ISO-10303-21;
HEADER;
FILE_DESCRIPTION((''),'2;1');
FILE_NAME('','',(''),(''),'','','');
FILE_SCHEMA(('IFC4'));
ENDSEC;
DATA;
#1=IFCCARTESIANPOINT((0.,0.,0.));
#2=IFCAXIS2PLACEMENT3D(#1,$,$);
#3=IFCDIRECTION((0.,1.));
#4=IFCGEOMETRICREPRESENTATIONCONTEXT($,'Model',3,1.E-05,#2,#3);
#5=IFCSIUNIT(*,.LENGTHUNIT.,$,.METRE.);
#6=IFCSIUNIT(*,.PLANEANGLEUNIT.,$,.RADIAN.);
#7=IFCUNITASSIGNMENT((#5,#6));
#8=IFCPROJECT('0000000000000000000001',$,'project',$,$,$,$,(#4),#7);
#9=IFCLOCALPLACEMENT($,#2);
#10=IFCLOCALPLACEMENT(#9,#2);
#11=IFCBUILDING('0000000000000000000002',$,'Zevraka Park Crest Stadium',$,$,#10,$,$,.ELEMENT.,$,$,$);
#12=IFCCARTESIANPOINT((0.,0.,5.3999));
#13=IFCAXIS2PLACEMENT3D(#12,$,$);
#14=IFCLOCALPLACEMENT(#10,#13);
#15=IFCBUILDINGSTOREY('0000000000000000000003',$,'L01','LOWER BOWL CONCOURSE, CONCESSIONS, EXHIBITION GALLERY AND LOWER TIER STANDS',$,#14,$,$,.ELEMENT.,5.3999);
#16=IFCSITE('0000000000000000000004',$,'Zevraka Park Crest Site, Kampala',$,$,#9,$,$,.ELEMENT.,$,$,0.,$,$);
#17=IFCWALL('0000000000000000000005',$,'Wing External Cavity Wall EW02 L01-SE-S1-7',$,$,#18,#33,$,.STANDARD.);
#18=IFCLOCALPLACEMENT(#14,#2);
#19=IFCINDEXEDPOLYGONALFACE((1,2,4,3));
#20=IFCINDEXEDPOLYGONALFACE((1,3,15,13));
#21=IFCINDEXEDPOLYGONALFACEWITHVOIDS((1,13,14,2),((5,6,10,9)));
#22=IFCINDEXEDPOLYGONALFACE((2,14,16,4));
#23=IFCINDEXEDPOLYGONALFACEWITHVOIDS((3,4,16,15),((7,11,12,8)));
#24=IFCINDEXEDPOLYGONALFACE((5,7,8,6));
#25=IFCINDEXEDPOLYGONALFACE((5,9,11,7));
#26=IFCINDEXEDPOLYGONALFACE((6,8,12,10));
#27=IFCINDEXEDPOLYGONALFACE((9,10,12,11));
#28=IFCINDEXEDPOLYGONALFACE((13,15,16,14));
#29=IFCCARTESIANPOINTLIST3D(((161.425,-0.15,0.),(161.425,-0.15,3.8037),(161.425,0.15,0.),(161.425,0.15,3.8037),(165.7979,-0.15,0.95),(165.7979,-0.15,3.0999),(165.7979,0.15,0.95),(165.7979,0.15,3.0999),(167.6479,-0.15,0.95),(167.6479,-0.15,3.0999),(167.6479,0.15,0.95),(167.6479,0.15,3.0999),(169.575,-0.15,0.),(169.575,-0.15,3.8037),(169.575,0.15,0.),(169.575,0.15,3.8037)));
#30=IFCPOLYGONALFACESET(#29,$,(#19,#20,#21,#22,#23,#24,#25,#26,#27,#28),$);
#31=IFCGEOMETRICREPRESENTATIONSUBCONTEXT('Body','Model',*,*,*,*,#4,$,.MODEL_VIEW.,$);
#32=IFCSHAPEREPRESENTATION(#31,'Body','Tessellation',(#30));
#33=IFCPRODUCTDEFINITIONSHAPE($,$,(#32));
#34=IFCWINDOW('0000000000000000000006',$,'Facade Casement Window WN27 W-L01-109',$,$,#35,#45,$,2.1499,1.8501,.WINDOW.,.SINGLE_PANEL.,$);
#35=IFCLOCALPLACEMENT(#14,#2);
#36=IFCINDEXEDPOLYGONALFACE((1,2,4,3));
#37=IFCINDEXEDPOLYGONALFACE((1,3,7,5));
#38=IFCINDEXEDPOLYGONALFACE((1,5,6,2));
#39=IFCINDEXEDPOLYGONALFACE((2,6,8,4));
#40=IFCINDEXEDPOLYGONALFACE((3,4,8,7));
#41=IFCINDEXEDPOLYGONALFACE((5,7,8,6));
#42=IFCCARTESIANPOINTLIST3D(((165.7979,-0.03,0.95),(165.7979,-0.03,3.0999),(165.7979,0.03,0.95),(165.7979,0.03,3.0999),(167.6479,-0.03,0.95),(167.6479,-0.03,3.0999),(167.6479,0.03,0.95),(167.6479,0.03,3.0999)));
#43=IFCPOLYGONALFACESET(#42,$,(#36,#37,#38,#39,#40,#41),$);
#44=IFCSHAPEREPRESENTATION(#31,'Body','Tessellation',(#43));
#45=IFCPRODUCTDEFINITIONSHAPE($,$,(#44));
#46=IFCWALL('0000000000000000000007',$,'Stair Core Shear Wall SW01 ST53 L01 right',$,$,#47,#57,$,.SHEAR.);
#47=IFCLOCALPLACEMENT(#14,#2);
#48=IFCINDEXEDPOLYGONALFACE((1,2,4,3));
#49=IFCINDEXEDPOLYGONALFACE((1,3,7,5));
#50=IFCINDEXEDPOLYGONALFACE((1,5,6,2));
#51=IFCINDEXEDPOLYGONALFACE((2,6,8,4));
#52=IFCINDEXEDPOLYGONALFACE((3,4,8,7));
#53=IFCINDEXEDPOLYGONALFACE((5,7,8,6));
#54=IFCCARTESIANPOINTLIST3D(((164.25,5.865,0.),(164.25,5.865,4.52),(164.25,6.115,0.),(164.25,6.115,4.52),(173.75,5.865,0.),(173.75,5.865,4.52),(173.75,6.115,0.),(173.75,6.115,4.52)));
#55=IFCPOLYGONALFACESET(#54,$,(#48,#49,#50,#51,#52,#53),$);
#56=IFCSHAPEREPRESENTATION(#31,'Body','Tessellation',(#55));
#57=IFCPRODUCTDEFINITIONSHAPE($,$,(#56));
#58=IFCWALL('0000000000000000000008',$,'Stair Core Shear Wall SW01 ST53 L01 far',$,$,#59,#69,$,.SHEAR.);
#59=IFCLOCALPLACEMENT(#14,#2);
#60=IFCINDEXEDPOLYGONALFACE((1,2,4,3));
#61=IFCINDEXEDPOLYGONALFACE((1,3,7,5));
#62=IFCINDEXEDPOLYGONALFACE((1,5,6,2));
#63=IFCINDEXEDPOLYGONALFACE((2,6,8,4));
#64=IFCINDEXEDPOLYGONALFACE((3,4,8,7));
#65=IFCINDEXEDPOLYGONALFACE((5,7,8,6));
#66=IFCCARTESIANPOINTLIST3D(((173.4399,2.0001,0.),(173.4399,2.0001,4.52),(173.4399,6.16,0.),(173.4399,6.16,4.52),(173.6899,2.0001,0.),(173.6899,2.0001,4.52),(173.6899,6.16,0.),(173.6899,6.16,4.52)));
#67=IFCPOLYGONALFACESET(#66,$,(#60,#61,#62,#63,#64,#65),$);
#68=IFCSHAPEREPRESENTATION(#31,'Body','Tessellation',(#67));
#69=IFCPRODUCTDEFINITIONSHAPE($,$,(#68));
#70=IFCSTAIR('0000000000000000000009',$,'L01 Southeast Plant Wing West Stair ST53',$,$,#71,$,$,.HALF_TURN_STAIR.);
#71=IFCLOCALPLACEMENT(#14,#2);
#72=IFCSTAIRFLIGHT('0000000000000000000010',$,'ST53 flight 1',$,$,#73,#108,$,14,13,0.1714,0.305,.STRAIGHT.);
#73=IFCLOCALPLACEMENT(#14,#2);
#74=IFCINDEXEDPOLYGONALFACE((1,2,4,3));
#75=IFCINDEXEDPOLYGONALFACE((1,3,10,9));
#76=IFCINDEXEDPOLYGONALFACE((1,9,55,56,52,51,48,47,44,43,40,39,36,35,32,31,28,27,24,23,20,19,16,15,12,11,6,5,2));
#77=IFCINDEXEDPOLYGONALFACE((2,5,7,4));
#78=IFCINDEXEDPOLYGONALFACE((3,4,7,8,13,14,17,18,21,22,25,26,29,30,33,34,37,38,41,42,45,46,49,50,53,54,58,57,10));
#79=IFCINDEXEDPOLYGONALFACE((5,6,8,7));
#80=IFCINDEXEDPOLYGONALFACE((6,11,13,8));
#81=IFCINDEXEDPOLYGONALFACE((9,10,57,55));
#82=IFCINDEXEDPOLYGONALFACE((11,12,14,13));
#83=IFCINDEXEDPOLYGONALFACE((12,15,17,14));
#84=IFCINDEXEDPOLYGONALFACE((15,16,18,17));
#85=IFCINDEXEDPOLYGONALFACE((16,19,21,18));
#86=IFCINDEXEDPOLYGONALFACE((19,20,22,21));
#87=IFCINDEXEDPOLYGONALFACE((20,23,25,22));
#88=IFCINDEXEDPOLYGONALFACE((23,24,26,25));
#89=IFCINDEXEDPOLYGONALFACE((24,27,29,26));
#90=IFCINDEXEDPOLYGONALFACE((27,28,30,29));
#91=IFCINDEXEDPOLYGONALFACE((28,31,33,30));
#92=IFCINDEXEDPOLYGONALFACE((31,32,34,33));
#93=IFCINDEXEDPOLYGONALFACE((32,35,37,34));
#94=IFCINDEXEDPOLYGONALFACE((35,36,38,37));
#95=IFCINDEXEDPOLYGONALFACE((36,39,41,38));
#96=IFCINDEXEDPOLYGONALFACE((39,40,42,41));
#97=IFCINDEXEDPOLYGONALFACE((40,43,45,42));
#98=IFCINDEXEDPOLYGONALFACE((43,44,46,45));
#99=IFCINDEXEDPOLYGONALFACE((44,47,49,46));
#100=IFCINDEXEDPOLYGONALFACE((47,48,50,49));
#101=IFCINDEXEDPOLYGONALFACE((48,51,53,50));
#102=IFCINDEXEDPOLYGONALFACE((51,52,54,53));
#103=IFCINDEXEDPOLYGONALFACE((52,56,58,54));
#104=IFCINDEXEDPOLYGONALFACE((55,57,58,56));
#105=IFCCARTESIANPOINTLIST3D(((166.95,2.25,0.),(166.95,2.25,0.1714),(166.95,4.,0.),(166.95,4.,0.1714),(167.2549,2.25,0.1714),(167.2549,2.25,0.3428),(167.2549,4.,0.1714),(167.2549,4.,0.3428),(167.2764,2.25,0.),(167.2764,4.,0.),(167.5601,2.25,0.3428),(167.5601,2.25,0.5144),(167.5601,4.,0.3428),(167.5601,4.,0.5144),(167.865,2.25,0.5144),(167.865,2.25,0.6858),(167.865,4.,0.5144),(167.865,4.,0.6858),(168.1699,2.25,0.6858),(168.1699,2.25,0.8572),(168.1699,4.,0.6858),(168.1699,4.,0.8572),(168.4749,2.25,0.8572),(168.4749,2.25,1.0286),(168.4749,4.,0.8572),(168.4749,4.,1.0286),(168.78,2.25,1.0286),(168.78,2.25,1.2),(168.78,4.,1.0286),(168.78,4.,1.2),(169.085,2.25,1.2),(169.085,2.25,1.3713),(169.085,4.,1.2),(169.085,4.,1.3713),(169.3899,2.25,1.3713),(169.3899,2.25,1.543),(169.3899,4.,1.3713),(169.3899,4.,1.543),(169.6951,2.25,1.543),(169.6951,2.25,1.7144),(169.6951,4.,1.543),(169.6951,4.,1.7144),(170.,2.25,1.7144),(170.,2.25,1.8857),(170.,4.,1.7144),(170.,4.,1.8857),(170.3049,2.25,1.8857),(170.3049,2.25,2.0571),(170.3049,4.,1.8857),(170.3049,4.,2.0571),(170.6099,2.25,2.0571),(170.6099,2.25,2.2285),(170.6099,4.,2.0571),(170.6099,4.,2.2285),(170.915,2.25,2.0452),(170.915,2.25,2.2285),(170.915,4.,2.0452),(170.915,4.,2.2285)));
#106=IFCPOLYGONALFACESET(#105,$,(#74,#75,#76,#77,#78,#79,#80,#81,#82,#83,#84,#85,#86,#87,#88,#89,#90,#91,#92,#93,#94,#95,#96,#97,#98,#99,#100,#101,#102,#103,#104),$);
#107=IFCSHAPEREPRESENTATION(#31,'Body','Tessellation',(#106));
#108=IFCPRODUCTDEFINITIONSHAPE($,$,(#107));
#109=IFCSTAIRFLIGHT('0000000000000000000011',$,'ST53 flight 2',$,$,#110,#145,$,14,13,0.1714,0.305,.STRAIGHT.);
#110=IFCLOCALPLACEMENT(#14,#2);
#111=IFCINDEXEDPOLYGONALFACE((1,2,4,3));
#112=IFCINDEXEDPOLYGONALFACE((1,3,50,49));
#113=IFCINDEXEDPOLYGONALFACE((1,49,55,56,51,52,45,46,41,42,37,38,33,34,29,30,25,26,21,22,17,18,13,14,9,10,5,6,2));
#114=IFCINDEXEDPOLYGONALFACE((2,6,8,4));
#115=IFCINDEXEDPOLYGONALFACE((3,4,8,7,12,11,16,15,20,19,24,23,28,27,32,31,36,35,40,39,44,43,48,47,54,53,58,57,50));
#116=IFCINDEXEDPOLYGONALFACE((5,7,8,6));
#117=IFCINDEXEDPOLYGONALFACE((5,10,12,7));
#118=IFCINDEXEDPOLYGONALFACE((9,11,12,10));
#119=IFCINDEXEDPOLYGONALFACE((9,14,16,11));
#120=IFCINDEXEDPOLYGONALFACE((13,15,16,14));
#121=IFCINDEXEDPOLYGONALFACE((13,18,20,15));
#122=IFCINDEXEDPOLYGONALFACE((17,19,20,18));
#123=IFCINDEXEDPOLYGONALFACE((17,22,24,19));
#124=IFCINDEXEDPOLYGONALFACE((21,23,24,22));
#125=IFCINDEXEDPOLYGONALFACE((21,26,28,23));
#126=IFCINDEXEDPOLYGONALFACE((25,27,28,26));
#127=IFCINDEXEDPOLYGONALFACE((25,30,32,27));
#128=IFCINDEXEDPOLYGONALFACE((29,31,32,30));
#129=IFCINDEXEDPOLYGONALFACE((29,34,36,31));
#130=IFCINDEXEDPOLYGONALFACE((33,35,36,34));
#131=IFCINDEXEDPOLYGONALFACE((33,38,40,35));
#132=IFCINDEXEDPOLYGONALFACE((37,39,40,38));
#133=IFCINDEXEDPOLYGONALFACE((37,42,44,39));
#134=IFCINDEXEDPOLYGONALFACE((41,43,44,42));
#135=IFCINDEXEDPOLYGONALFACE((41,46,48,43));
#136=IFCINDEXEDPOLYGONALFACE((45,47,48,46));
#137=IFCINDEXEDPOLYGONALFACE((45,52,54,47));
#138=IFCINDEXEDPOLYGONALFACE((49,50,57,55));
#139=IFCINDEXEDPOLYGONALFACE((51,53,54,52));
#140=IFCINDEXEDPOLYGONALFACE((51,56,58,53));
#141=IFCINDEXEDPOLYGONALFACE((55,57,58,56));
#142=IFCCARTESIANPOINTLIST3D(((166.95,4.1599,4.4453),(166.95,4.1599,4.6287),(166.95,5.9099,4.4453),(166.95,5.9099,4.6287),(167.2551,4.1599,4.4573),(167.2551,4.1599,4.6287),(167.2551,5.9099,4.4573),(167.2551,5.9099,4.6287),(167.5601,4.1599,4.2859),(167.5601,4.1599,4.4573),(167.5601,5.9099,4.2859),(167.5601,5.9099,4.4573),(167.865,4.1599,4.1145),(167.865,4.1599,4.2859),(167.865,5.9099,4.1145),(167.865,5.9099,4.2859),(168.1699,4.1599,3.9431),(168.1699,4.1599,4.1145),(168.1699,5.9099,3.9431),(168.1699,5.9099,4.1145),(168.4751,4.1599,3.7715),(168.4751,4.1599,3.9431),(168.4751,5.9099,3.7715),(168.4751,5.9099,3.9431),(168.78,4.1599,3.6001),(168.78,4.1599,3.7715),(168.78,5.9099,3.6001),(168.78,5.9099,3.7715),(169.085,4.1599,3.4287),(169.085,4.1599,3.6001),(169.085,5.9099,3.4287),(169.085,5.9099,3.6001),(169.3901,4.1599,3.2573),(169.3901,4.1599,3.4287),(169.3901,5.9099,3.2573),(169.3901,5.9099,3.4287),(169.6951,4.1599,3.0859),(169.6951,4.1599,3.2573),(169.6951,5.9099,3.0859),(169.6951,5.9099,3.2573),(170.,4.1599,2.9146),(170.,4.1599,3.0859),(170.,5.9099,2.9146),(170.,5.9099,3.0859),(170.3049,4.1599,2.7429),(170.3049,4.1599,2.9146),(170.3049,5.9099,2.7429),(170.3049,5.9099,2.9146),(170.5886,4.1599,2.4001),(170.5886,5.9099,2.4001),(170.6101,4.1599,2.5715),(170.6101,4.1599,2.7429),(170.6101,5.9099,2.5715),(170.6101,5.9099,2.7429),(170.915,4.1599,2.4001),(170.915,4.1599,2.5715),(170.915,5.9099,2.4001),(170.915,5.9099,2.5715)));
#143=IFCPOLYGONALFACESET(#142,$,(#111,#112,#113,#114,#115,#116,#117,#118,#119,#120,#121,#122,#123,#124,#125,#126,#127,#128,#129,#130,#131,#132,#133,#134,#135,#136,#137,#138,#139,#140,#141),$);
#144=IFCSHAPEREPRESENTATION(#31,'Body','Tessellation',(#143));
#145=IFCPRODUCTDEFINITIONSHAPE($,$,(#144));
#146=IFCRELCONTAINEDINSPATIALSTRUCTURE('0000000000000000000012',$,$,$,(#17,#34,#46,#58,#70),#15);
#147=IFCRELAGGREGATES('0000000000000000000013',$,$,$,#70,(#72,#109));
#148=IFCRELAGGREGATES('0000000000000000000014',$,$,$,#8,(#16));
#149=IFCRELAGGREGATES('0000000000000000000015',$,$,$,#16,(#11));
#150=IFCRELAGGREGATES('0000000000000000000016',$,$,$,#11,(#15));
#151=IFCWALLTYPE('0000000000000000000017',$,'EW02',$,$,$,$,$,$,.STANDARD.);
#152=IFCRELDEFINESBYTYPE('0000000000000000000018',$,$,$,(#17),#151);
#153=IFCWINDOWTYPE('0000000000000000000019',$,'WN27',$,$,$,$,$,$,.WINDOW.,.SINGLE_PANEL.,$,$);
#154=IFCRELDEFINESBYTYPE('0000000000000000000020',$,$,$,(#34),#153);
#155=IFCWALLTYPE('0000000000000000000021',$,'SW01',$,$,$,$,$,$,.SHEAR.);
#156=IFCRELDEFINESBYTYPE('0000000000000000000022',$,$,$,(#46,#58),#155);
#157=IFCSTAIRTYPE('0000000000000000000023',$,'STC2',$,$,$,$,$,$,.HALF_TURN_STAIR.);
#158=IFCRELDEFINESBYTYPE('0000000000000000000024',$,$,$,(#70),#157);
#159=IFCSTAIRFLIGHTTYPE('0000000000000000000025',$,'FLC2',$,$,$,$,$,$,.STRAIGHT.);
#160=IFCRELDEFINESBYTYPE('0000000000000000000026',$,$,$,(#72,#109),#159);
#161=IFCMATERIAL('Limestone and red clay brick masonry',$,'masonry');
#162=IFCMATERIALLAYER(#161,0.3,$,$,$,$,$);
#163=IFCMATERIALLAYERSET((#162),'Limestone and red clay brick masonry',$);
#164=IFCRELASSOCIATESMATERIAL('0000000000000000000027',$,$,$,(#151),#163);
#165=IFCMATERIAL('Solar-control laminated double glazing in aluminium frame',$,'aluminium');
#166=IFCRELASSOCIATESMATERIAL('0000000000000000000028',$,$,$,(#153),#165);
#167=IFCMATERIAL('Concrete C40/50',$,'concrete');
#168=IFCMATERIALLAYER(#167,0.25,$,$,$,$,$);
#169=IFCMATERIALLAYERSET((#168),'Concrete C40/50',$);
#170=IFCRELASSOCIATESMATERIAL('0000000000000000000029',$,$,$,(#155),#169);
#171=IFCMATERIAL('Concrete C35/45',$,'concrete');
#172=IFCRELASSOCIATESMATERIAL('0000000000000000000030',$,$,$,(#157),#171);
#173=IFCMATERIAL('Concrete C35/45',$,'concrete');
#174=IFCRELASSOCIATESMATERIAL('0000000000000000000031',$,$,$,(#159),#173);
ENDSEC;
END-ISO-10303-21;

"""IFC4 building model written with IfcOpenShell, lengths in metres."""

from ifc_helpers import new_model, si_unit, direction, frame, frame_2d, origin, place, context, subcontext, project, spatial, polyline, rectangle, outline, extrude, material, layer, layer_set, type_object, element, fill, aggregate, save


model = new_model("IFC4")

# Units and contexts
model_context = context("Model", 3, precision=1e-05, world=origin(), true_north=direction((0.0, 1.0)))
body_context = subcontext(model_context, "Body", "Model", "MODEL_VIEW")
ifc_project = project(units=[si_unit("LENGTHUNIT", "METRE"), si_unit("PLANEANGLEUNIT", "RADIAN")], contexts=[model_context])

# Site, building, storey
site_placement = place(None, origin())
site = spatial("IfcSite", under=ifc_project, at=site_placement, Name="Zevraka Park Crest Site, Kampala", CompositionType="ELEMENT", RefElevation=0.0)
building_placement = place(site_placement, origin())
building = spatial("IfcBuilding", under=site, at=building_placement, Name="Zevraka Park Crest Stadium", CompositionType="ELEMENT")
storey_placement = place(building_placement, frame((0.0, 0.0, 5.3999)))
storey = spatial("IfcBuildingStorey", under=building, at=storey_placement, Name="L01", Description="LOWER BOWL CONCOURSE, CONCESSIONS, EXHIBITION GALLERY AND LOWER TIER STANDS", CompositionType="ELEMENT", Elevation=5.3999)

# Wall, opening, window
ifc_material_1 = material(Name="Limestone and red clay brick masonry", Category="masonry")
ifc_layer_1 = layer(ifc_material_1, 0.3)
ifc_layer_set_1 = layer_set([ifc_layer_1], Name="Limestone and red clay brick masonry")
wall_type_1 = type_object("IfcWallType", Name="EW02", PredefinedType="STANDARD", material=ifc_layer_set_1)
wall_1_placement = place(storey_placement, frame((169.575, 0.0, 0.0), z_axis=(0.0, 0.0, 1.0), x_axis=(-1.0, 0.0, 0.0)))
wall_1 = element("IfcWall", 1, at=wall_1_placement, inside=storey, type_object=wall_type_1, Name="Wing External Cavity Wall EW02 L01-SE-S1-7", PredefinedType="STANDARD", context=body_context, shape_type="SweptSolid", body=[
    extrude(rectangle(XDim=8.1499, YDim=0.3, at=frame_2d((4.075, 0.0))), origin(), (0.0, 0.0, 1.0), 3.8037),
])
opening_1_placement = place(wall_1_placement, frame((1.927, 0.0, 0.95)))
opening_1 = element("IfcOpeningElement", 2, at=opening_1_placement, cuts=wall_1, PredefinedType="OPENING", context=body_context, shape_type="SweptSolid", body=[
    extrude(rectangle(XDim=1.8501, YDim=2.1499, at=frame_2d((0.925, 1.075))), frame((0.0, 0.1599, 0.0), z_axis=(0.0, -1.0, 0.0), x_axis=(1.0, 0.0, 0.0)), (0.0, 0.0, 1.0), 0.3201),
])
ifc_material_2 = material(Name="Solar-control laminated double glazing in aluminium frame", Category="aluminium")
window_type = type_object("IfcWindowType", Name="WN27", PartitioningType="SINGLE_PANEL", PredefinedType="WINDOW", material=ifc_material_2)
window_placement = place(opening_1_placement, origin())
window = element("IfcWindow", 3, at=window_placement, inside=storey, type_object=window_type, Name="Facade Casement Window WN27 W-L01-109", OverallHeight=2.1499, OverallWidth=1.8501, PartitioningType="SINGLE_PANEL", PredefinedType="WINDOW", context=body_context, shape_type="SweptSolid", body=[
    extrude(rectangle(XDim=1.8501, YDim=2.1499, at=frame_2d((0.925, 1.075))), frame((0.0, 0.03, 0.0), z_axis=(0.0, -1.0, 0.0), x_axis=(1.0, 0.0, 0.0)), (0.0, 0.0, 1.0), 0.0601),
])
fill(opening_1, window)

# Walls
ifc_material_3 = material(Name="Concrete C40/50", Category="concrete")
ifc_layer_2 = layer(ifc_material_3, 0.25)
ifc_layer_set_2 = layer_set([ifc_layer_2], Name="Concrete C40/50")
wall_type_2 = type_object("IfcWallType", Name="SW01", PredefinedType="SHEAR", material=ifc_layer_set_2)
wall_2_placement = place(storey_placement, frame((173.75, 5.99, 0.0), z_axis=(0.0, 0.0, 1.0), x_axis=(-1.0, 0.0, 0.0)))
element("IfcWall", 4, at=wall_2_placement, inside=storey, type_object=wall_type_2, Name="Stair Core Shear Wall SW01 ST53 L01 right", PredefinedType="SHEAR", context=body_context, shape_type="SweptSolid", body=[
    extrude(rectangle(XDim=9.5, YDim=0.25, at=frame_2d((4.75, 0.0))), origin(), (0.0, 0.0, 1.0), 4.52),
])
wall_3_placement = place(storey_placement, frame((173.5649, 2.0, 0.0), z_axis=(0.0, 0.0, 1.0), x_axis=(0.0, 1.0, 0.0)))
element("IfcWall", 5, at=wall_3_placement, inside=storey, type_object=wall_type_2, Name="Stair Core Shear Wall SW01 ST53 L01 far", PredefinedType="SHEAR", context=body_context, shape_type="SweptSolid", body=[
    extrude(rectangle(XDim=4.1599, YDim=0.25, at=frame_2d((2.0801, 0.0))), origin(), (0.0, 0.0, 1.0), 4.52),
])

# Stair, stair flights
ifc_material_4 = material(Name="Concrete C35/45", Category="concrete")
stair_type = type_object("IfcStairType", Name="STC2", PredefinedType="HALF_TURN_STAIR", material=ifc_material_4)
stair_placement = place(storey_placement, origin())
stair = element("IfcStair", 6, at=stair_placement, inside=storey, type_object=stair_type, Name="L01 Southeast Plant Wing West Stair ST53", PredefinedType="HALF_TURN_STAIR")
ifc_material_5 = material(Name="Concrete C35/45", Category="concrete")
stair_flight_type = type_object("IfcStairFlightType", Name="FLC2", PredefinedType="STRAIGHT", material=ifc_material_5)
stair_flight_1_placement = place(storey_placement, frame((166.95, 3.125, 0.0), z_axis=(0.0, 0.0, 1.0), x_axis=(1.0, 0.0, 0.0)))
stair_flight_1 = element("IfcStairFlight", 7, at=stair_flight_1_placement, type_object=stair_flight_type, Name="ST53 flight 1", NumberOfRisers=14, NumberOfTreads=13, PredefinedType="STRAIGHT", RiserHeight=0.1714, TreadLength=0.305, context=body_context, shape_type="SweptSolid", body=[
    extrude(outline(polyline([(0.0, 0.0), (0.0, 0.1714), (0.3049, 0.1714), (0.3049, 0.3428), (0.6101, 0.3428), (0.6101, 0.5144), (0.915, 0.5144), (0.915, 0.6858), (1.22, 0.6858), (1.22, 0.8572), (1.5249, 0.8572), (1.5249, 1.0286), (1.8301, 1.0286), (1.8301, 1.2), (2.135, 1.2), (2.135, 1.3713), (2.4399, 1.3713), (2.4399, 1.543), (2.7451, 1.543), (2.7451, 1.7144), (3.05, 1.7144), (3.05, 1.8857), (3.355, 1.8857), (3.355, 2.0571), (3.6599, 2.0571), (3.6599, 2.2285), (3.9651, 2.2285), (3.9651, 2.3999), (3.9651, 2.0452), (0.3264, 0.0), (0.0, 0.0)])), frame((0.0, 0.875, 0.0), z_axis=(0.0, -1.0, 0.0), x_axis=(1.0, 0.0, 0.0)), (0.0, 0.0, 1.0), 1.75),
])
stair_flight_2_placement = place(storey_placement, frame((170.915, 5.0349, 2.4001), z_axis=(0.0, 0.0, 1.0), x_axis=(-1.0, 0.0, 0.0)))
stair_flight_2 = element("IfcStairFlight", 8, at=stair_flight_2_placement, type_object=stair_flight_type, Name="ST53 flight 2", NumberOfRisers=14, NumberOfTreads=13, PredefinedType="STRAIGHT", RiserHeight=0.1714, TreadLength=0.305, context=body_context, shape_type="SweptSolid", body=[
    extrude(outline(polyline([(0.0, 0.0), (0.0, 0.1714), (0.3049, 0.1714), (0.3049, 0.3428), (0.6101, 0.3428), (0.6101, 0.5144), (0.915, 0.5144), (0.915, 0.6858), (1.22, 0.6858), (1.22, 0.8572), (1.5249, 0.8572), (1.5249, 1.0286), (1.8301, 1.0286), (1.8301, 1.2), (2.135, 1.2), (2.135, 1.3713), (2.4399, 1.3713), (2.4399, 1.543), (2.7451, 1.543), (2.7451, 1.7144), (3.05, 1.7144), (3.05, 1.8857), (3.355, 1.8857), (3.355, 2.0571), (3.6599, 2.0571), (3.6599, 2.2285), (3.9651, 2.2285), (3.9651, 2.3999), (3.9651, 2.0452), (0.3264, 0.0), (0.0, 0.0)])), frame((0.0, 0.875, 0.0), z_axis=(0.0, -1.0, 0.0), x_axis=(1.0, 0.0, 0.0)), (0.0, 0.0, 1.0), 1.75),
])
aggregate(stair, [stair_flight_1, stair_flight_2])

save(model, "model.ifc")
